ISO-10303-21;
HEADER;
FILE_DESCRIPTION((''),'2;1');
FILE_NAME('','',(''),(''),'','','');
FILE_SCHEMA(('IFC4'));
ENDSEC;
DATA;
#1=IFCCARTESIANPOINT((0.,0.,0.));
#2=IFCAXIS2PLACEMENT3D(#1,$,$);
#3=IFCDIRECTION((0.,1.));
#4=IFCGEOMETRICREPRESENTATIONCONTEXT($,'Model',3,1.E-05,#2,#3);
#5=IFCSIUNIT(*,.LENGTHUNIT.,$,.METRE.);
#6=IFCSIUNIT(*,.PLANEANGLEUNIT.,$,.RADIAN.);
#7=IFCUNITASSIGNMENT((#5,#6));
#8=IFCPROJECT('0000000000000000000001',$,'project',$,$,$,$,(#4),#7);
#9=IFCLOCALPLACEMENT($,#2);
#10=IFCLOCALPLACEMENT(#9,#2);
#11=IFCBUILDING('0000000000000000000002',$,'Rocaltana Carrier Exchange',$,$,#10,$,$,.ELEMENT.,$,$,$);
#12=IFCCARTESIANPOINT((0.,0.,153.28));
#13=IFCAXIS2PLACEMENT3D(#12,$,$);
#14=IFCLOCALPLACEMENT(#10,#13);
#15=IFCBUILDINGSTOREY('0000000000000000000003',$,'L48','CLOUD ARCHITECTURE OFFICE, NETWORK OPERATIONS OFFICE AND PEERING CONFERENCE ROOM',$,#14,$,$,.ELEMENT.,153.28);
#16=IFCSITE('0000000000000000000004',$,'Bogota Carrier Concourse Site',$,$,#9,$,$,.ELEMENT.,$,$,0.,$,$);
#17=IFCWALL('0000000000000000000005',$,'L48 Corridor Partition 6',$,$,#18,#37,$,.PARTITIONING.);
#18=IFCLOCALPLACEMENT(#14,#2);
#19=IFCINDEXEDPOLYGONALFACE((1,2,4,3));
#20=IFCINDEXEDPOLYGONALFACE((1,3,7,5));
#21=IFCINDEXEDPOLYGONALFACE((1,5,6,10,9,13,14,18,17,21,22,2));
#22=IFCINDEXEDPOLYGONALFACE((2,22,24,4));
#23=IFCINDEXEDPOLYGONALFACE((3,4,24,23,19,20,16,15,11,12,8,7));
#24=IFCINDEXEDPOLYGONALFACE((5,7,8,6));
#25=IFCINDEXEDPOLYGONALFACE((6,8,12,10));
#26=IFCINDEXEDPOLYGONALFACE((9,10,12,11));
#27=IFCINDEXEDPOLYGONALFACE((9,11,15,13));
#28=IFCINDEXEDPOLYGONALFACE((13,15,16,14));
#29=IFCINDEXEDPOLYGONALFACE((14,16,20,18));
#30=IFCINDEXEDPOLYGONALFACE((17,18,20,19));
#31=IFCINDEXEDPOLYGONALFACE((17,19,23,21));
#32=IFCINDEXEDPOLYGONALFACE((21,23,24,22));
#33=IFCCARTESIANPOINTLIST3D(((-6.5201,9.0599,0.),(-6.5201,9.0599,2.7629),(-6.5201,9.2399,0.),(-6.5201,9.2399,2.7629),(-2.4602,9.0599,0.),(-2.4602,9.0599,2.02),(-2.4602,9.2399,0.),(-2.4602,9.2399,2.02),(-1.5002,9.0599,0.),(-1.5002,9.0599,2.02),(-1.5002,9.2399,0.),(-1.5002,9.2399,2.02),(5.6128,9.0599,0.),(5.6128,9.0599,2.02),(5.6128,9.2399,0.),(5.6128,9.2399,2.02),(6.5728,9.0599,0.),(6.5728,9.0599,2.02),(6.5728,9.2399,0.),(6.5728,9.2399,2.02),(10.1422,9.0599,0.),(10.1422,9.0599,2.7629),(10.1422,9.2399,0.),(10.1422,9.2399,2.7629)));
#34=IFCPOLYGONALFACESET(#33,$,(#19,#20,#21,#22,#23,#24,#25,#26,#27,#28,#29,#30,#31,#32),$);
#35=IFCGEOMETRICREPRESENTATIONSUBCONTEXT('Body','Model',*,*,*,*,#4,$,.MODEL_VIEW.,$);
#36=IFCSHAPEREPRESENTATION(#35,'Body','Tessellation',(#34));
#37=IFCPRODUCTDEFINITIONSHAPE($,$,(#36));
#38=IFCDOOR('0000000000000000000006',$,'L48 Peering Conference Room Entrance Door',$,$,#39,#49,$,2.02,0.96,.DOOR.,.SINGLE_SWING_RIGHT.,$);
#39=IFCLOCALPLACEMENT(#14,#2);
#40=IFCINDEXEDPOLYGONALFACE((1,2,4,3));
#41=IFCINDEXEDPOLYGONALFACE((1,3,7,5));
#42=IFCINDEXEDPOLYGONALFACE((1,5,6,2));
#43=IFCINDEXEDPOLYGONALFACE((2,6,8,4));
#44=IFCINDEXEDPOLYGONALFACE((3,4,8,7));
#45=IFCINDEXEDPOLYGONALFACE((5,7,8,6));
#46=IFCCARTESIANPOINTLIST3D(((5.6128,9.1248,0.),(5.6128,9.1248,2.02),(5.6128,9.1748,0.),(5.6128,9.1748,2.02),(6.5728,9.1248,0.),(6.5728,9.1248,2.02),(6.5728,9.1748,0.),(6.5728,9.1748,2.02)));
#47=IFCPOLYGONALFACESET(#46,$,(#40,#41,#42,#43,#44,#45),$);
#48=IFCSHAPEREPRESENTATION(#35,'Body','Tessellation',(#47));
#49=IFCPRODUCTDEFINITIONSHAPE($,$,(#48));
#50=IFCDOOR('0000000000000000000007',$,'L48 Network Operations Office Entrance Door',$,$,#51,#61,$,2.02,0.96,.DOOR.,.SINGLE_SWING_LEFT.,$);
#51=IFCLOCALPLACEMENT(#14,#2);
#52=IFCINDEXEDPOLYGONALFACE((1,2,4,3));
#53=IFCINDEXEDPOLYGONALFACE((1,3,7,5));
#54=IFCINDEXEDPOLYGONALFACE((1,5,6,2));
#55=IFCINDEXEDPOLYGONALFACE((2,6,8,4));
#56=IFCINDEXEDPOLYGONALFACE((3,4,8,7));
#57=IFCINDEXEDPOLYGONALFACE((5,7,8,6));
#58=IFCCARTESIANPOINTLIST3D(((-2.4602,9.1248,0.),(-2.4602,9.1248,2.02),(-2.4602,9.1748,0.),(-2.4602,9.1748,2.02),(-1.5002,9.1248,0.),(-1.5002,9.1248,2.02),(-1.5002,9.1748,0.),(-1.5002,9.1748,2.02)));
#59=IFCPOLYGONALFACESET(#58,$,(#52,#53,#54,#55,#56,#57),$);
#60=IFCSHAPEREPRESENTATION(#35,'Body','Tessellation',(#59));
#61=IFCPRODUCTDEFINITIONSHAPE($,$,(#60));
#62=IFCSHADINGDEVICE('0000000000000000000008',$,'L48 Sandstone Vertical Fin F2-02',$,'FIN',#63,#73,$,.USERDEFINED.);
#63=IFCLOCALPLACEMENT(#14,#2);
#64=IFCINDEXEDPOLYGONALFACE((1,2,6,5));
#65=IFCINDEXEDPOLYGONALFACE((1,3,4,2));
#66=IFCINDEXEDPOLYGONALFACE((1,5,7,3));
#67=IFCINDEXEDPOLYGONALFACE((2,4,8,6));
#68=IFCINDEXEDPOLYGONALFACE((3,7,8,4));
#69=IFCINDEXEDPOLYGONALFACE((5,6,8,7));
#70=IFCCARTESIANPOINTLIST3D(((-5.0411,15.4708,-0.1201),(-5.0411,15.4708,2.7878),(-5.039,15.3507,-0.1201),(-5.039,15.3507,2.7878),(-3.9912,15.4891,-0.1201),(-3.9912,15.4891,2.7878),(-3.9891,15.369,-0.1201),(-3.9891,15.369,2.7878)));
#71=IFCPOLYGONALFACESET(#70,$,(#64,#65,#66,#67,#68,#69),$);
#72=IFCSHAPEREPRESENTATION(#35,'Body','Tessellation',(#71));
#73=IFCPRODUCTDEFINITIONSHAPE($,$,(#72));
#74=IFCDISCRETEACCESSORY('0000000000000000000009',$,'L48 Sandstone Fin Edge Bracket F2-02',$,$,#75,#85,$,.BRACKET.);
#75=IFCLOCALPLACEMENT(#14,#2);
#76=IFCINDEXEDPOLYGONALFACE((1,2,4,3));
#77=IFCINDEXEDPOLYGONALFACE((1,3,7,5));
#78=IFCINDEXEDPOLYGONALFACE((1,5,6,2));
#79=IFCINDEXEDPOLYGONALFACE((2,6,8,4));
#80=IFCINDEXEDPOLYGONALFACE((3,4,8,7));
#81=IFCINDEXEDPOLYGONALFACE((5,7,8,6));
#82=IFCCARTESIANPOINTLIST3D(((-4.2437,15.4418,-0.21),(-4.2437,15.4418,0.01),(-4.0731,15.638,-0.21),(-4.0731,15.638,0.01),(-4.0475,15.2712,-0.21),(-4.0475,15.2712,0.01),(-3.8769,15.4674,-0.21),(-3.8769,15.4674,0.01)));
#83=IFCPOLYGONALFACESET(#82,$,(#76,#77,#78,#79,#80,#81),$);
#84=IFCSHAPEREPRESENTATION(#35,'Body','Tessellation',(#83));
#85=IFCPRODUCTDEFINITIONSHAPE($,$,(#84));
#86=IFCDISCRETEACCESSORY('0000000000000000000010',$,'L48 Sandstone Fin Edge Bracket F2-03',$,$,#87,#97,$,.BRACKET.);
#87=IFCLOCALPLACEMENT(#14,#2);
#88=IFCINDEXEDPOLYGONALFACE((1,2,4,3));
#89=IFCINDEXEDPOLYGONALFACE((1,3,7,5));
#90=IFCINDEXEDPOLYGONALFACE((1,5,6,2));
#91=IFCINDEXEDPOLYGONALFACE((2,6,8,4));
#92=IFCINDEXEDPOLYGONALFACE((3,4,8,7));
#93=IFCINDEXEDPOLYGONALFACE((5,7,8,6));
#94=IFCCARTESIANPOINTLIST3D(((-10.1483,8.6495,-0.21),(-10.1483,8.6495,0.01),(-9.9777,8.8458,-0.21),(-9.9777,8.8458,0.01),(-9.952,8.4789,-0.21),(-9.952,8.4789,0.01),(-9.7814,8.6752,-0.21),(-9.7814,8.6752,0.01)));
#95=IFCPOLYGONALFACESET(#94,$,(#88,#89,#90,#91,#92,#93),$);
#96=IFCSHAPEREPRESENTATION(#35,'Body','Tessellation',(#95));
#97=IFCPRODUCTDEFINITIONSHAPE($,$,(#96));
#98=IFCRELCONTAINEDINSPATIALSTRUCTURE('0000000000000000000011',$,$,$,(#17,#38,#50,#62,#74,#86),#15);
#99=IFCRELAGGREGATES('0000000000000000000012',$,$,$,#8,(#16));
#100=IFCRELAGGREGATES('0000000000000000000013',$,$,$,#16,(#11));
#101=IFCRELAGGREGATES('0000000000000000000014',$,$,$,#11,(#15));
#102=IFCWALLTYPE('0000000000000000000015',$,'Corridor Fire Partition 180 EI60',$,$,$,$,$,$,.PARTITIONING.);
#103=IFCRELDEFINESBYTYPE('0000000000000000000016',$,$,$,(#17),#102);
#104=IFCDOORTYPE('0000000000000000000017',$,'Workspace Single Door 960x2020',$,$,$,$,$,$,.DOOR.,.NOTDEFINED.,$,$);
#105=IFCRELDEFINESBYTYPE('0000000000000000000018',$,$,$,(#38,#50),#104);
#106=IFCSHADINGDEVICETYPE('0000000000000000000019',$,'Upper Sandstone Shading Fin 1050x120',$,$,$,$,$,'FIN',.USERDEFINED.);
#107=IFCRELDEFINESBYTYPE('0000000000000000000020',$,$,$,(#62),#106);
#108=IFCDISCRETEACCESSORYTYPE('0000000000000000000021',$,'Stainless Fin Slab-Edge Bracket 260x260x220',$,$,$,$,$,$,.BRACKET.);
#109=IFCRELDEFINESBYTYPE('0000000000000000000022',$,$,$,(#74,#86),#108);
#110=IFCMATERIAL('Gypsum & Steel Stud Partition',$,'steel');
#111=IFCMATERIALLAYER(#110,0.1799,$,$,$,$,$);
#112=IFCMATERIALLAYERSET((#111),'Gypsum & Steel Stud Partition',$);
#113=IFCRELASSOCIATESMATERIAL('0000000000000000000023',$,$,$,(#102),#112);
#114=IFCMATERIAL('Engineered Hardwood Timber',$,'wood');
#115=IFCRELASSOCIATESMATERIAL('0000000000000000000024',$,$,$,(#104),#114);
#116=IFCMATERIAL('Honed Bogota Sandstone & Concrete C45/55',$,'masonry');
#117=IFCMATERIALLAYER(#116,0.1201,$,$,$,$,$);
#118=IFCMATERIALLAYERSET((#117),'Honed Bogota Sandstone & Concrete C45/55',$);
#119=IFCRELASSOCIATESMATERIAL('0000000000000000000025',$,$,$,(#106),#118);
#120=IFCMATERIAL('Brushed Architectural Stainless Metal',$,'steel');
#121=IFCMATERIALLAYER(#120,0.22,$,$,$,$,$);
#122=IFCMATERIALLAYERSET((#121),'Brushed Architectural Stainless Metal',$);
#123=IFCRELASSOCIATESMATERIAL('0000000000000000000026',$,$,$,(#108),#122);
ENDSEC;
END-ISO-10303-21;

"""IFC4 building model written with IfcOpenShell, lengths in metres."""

from ifc_helpers import new_model, si_unit, direction, frame, frame_2d, origin, origin_2d, place, context, subcontext, project, spatial, rectangle, extrude, material, layer, layer_set, type_object, element, fill, save


model = new_model("IFC4")

# Units and contexts
model_context = context("Model", 3, precision=1e-05, world=origin(), true_north=direction((0.0, 1.0)))
body_context = subcontext(model_context, "Body", "Model", "MODEL_VIEW")
ifc_project = project(units=[si_unit("LENGTHUNIT", "METRE"), si_unit("PLANEANGLEUNIT", "RADIAN")], contexts=[model_context])

# Site, building, storey
site_placement = place(None, origin())
site = spatial("IfcSite", under=ifc_project, at=site_placement, Name="Bogota Carrier Concourse Site", CompositionType="ELEMENT", RefElevation=0.0)
building_placement = place(site_placement, origin())
building = spatial("IfcBuilding", under=site, at=building_placement, Name="Rocaltana Carrier Exchange", CompositionType="ELEMENT")
storey_placement = place(building_placement, frame((0.0, 0.0, 153.28)))
storey = spatial("IfcBuildingStorey", under=building, at=storey_placement, Name="L48", Description="CLOUD ARCHITECTURE OFFICE, NETWORK OPERATIONS OFFICE AND PEERING CONFERENCE ROOM", CompositionType="ELEMENT", Elevation=153.28)

# Shared definitions
ifc_material_1 = material(Name="Gypsum & Steel Stud Partition", Category="steel")
ifc_layer_1 = layer(ifc_material_1, 0.1799)
ifc_layer_set_1 = layer_set([ifc_layer_1], Name="Gypsum & Steel Stud Partition")
wall_type = type_object("IfcWallType", Name="Corridor Fire Partition 180 EI60", PredefinedType="PARTITIONING", material=ifc_layer_set_1)

# Wall, openings, doors
wall_1_placement = place(storey_placement, frame((-6.52, 9.1499, 0.0), z_axis=(0.0, 0.0, 1.0), x_axis=(1.0, 0.0, 0.0)))
wall_1 = element("IfcWall", 1, at=wall_1_placement, inside=storey, type_object=wall_type, Name="L48 Corridor Partition 6", PredefinedType="PARTITIONING", context=body_context, shape_type="SweptSolid", body=[
    extrude(rectangle(XDim=16.6624, YDim=0.1799, at=frame_2d((8.3311, 0.0))), origin(), (0.0, 0.0, 1.0), 2.7629),
])
opening_1_placement = place(wall_1_placement, frame((12.1328, 0.0, 0.0)))
opening_1 = element("IfcOpeningElement", 2, at=opening_1_placement, cuts=wall_1, PredefinedType="OPENING", context=body_context, shape_type="SweptSolid", body=[
    extrude(rectangle(XDim=0.96, YDim=2.02, at=frame_2d((0.48, 1.01))), frame((0.0, 0.0999, 0.0), z_axis=(0.0, -1.0, 0.0), x_axis=(1.0, 0.0, 0.0)), (0.0, 0.0, 1.0), 0.2),
])
opening_2_placement = place(wall_1_placement, frame((4.0598, 0.0, 0.0)))
opening_2 = element("IfcOpeningElement", 3, at=opening_2_placement, cuts=wall_1, PredefinedType="OPENING", context=body_context, shape_type="SweptSolid", body=[
    extrude(rectangle(XDim=0.96, YDim=2.02, at=frame_2d((0.48, 1.01))), frame((0.0, 0.0999, 0.0), z_axis=(0.0, -1.0, 0.0), x_axis=(1.0, 0.0, 0.0)), (0.0, 0.0, 1.0), 0.2),
])
ifc_material_2 = material(Name="Engineered Hardwood Timber", Category="wood")
door_type = type_object("IfcDoorType", Name="Workspace Single Door 960x2020", OperationType="NOTDEFINED", PredefinedType="DOOR", material=ifc_material_2)
door_1_placement = place(opening_1_placement, origin())
door_1 = element("IfcDoor", 4, at=door_1_placement, inside=storey, type_object=door_type, Name="L48 Peering Conference Room Entrance Door", OperationType="SINGLE_SWING_RIGHT", OverallHeight=2.02, OverallWidth=0.96, PredefinedType="DOOR", context=body_context, shape_type="SweptSolid", body=[
    extrude(rectangle(XDim=0.96, YDim=2.02, at=frame_2d((0.48, 1.01))), frame((0.0, 0.0249, 0.0), z_axis=(0.0, -1.0, 0.0), x_axis=(1.0, 0.0, 0.0)), (0.0, 0.0, 1.0), 0.05),
])
fill(opening_1, door_1)
door_2_placement = place(opening_2_placement, origin())
door_2 = element("IfcDoor", 5, at=door_2_placement, inside=storey, type_object=door_type, Name="L48 Network Operations Office Entrance Door", OperationType="SINGLE_SWING_LEFT", OverallHeight=2.02, OverallWidth=0.96, PredefinedType="DOOR", context=body_context, shape_type="SweptSolid", body=[
    extrude(rectangle(XDim=0.96, YDim=2.02, at=frame_2d((0.48, 1.01))), frame((0.0, 0.0249, 0.0), z_axis=(0.0, -1.0, 0.0), x_axis=(1.0, 0.0, 0.0)), (0.0, 0.0, 1.0), 0.05),
])
fill(opening_2, door_2)

# Shading device
ifc_material_3 = material(Name="Honed Bogota Sandstone & Concrete C45/55", Category="masonry")
ifc_layer_2 = layer(ifc_material_3, 0.1201)
ifc_layer_set_2 = layer_set([ifc_layer_2], Name="Honed Bogota Sandstone & Concrete C45/55")
shading_device_type = type_object("IfcShadingDeviceType", Name="Upper Sandstone Shading Fin 1050x120", ElementType="FIN", PredefinedType="USERDEFINED", material=ifc_layer_set_2)
shading_device_placement = place(storey_placement, frame((-4.5151, 15.4199, -0.1201), z_axis=(0.0, 0.0, 1.0), x_axis=(-0.999848, -0.017452, 0.0)))
element("IfcShadingDevice", 6, at=shading_device_placement, inside=storey, type_object=shading_device_type, Name="L48 Sandstone Vertical Fin F2-02", ObjectType="FIN", PredefinedType="USERDEFINED", context=body_context, shape_type="SweptSolid", body=[
    extrude(rectangle(XDim=1.05, YDim=0.1201, at=origin_2d()), origin(), (0.0, 0.0, 1.0), 2.908),
])

# Discrete accessories
ifc_material_4 = material(Name="Brushed Architectural Stainless Metal", Category="steel")
ifc_layer_3 = layer(ifc_material_4, 0.22)
ifc_layer_set_3 = layer_set([ifc_layer_3], Name="Brushed Architectural Stainless Metal")
discrete_accessory_type = type_object("IfcDiscreteAccessoryType", Name="Stainless Fin Slab-Edge Bracket 260x260x220", PredefinedType="BRACKET", material=ifc_layer_set_3)
for number, where, z_axis, x_axis, name in (
    (7, (-4.0603, 15.4546, -0.21), (0.0, 0.0, 1.0), (-0.656059, -0.75471, 0.0), "L48 Sandstone Fin Edge Bracket F2-02"),
    (8, (-9.9648, 8.6624, -0.21), (0.0, 0.0, 1.0), (-0.656059, -0.75471, 0.0), "L48 Sandstone Fin Edge Bracket F2-03"),
):
    element("IfcDiscreteAccessory", number, at=place(storey_placement, frame(where, z_axis=z_axis, x_axis=x_axis)), inside=storey, type_object=discrete_accessory_type, Name=name, PredefinedType="BRACKET", context=body_context, shape_type="SweptSolid", body=[
        extrude(rectangle(XDim=0.26, YDim=0.26, at=origin_2d()), origin(), (0.0, 0.0, 1.0), 0.22),
    ])

save(model, "model.ifc")
